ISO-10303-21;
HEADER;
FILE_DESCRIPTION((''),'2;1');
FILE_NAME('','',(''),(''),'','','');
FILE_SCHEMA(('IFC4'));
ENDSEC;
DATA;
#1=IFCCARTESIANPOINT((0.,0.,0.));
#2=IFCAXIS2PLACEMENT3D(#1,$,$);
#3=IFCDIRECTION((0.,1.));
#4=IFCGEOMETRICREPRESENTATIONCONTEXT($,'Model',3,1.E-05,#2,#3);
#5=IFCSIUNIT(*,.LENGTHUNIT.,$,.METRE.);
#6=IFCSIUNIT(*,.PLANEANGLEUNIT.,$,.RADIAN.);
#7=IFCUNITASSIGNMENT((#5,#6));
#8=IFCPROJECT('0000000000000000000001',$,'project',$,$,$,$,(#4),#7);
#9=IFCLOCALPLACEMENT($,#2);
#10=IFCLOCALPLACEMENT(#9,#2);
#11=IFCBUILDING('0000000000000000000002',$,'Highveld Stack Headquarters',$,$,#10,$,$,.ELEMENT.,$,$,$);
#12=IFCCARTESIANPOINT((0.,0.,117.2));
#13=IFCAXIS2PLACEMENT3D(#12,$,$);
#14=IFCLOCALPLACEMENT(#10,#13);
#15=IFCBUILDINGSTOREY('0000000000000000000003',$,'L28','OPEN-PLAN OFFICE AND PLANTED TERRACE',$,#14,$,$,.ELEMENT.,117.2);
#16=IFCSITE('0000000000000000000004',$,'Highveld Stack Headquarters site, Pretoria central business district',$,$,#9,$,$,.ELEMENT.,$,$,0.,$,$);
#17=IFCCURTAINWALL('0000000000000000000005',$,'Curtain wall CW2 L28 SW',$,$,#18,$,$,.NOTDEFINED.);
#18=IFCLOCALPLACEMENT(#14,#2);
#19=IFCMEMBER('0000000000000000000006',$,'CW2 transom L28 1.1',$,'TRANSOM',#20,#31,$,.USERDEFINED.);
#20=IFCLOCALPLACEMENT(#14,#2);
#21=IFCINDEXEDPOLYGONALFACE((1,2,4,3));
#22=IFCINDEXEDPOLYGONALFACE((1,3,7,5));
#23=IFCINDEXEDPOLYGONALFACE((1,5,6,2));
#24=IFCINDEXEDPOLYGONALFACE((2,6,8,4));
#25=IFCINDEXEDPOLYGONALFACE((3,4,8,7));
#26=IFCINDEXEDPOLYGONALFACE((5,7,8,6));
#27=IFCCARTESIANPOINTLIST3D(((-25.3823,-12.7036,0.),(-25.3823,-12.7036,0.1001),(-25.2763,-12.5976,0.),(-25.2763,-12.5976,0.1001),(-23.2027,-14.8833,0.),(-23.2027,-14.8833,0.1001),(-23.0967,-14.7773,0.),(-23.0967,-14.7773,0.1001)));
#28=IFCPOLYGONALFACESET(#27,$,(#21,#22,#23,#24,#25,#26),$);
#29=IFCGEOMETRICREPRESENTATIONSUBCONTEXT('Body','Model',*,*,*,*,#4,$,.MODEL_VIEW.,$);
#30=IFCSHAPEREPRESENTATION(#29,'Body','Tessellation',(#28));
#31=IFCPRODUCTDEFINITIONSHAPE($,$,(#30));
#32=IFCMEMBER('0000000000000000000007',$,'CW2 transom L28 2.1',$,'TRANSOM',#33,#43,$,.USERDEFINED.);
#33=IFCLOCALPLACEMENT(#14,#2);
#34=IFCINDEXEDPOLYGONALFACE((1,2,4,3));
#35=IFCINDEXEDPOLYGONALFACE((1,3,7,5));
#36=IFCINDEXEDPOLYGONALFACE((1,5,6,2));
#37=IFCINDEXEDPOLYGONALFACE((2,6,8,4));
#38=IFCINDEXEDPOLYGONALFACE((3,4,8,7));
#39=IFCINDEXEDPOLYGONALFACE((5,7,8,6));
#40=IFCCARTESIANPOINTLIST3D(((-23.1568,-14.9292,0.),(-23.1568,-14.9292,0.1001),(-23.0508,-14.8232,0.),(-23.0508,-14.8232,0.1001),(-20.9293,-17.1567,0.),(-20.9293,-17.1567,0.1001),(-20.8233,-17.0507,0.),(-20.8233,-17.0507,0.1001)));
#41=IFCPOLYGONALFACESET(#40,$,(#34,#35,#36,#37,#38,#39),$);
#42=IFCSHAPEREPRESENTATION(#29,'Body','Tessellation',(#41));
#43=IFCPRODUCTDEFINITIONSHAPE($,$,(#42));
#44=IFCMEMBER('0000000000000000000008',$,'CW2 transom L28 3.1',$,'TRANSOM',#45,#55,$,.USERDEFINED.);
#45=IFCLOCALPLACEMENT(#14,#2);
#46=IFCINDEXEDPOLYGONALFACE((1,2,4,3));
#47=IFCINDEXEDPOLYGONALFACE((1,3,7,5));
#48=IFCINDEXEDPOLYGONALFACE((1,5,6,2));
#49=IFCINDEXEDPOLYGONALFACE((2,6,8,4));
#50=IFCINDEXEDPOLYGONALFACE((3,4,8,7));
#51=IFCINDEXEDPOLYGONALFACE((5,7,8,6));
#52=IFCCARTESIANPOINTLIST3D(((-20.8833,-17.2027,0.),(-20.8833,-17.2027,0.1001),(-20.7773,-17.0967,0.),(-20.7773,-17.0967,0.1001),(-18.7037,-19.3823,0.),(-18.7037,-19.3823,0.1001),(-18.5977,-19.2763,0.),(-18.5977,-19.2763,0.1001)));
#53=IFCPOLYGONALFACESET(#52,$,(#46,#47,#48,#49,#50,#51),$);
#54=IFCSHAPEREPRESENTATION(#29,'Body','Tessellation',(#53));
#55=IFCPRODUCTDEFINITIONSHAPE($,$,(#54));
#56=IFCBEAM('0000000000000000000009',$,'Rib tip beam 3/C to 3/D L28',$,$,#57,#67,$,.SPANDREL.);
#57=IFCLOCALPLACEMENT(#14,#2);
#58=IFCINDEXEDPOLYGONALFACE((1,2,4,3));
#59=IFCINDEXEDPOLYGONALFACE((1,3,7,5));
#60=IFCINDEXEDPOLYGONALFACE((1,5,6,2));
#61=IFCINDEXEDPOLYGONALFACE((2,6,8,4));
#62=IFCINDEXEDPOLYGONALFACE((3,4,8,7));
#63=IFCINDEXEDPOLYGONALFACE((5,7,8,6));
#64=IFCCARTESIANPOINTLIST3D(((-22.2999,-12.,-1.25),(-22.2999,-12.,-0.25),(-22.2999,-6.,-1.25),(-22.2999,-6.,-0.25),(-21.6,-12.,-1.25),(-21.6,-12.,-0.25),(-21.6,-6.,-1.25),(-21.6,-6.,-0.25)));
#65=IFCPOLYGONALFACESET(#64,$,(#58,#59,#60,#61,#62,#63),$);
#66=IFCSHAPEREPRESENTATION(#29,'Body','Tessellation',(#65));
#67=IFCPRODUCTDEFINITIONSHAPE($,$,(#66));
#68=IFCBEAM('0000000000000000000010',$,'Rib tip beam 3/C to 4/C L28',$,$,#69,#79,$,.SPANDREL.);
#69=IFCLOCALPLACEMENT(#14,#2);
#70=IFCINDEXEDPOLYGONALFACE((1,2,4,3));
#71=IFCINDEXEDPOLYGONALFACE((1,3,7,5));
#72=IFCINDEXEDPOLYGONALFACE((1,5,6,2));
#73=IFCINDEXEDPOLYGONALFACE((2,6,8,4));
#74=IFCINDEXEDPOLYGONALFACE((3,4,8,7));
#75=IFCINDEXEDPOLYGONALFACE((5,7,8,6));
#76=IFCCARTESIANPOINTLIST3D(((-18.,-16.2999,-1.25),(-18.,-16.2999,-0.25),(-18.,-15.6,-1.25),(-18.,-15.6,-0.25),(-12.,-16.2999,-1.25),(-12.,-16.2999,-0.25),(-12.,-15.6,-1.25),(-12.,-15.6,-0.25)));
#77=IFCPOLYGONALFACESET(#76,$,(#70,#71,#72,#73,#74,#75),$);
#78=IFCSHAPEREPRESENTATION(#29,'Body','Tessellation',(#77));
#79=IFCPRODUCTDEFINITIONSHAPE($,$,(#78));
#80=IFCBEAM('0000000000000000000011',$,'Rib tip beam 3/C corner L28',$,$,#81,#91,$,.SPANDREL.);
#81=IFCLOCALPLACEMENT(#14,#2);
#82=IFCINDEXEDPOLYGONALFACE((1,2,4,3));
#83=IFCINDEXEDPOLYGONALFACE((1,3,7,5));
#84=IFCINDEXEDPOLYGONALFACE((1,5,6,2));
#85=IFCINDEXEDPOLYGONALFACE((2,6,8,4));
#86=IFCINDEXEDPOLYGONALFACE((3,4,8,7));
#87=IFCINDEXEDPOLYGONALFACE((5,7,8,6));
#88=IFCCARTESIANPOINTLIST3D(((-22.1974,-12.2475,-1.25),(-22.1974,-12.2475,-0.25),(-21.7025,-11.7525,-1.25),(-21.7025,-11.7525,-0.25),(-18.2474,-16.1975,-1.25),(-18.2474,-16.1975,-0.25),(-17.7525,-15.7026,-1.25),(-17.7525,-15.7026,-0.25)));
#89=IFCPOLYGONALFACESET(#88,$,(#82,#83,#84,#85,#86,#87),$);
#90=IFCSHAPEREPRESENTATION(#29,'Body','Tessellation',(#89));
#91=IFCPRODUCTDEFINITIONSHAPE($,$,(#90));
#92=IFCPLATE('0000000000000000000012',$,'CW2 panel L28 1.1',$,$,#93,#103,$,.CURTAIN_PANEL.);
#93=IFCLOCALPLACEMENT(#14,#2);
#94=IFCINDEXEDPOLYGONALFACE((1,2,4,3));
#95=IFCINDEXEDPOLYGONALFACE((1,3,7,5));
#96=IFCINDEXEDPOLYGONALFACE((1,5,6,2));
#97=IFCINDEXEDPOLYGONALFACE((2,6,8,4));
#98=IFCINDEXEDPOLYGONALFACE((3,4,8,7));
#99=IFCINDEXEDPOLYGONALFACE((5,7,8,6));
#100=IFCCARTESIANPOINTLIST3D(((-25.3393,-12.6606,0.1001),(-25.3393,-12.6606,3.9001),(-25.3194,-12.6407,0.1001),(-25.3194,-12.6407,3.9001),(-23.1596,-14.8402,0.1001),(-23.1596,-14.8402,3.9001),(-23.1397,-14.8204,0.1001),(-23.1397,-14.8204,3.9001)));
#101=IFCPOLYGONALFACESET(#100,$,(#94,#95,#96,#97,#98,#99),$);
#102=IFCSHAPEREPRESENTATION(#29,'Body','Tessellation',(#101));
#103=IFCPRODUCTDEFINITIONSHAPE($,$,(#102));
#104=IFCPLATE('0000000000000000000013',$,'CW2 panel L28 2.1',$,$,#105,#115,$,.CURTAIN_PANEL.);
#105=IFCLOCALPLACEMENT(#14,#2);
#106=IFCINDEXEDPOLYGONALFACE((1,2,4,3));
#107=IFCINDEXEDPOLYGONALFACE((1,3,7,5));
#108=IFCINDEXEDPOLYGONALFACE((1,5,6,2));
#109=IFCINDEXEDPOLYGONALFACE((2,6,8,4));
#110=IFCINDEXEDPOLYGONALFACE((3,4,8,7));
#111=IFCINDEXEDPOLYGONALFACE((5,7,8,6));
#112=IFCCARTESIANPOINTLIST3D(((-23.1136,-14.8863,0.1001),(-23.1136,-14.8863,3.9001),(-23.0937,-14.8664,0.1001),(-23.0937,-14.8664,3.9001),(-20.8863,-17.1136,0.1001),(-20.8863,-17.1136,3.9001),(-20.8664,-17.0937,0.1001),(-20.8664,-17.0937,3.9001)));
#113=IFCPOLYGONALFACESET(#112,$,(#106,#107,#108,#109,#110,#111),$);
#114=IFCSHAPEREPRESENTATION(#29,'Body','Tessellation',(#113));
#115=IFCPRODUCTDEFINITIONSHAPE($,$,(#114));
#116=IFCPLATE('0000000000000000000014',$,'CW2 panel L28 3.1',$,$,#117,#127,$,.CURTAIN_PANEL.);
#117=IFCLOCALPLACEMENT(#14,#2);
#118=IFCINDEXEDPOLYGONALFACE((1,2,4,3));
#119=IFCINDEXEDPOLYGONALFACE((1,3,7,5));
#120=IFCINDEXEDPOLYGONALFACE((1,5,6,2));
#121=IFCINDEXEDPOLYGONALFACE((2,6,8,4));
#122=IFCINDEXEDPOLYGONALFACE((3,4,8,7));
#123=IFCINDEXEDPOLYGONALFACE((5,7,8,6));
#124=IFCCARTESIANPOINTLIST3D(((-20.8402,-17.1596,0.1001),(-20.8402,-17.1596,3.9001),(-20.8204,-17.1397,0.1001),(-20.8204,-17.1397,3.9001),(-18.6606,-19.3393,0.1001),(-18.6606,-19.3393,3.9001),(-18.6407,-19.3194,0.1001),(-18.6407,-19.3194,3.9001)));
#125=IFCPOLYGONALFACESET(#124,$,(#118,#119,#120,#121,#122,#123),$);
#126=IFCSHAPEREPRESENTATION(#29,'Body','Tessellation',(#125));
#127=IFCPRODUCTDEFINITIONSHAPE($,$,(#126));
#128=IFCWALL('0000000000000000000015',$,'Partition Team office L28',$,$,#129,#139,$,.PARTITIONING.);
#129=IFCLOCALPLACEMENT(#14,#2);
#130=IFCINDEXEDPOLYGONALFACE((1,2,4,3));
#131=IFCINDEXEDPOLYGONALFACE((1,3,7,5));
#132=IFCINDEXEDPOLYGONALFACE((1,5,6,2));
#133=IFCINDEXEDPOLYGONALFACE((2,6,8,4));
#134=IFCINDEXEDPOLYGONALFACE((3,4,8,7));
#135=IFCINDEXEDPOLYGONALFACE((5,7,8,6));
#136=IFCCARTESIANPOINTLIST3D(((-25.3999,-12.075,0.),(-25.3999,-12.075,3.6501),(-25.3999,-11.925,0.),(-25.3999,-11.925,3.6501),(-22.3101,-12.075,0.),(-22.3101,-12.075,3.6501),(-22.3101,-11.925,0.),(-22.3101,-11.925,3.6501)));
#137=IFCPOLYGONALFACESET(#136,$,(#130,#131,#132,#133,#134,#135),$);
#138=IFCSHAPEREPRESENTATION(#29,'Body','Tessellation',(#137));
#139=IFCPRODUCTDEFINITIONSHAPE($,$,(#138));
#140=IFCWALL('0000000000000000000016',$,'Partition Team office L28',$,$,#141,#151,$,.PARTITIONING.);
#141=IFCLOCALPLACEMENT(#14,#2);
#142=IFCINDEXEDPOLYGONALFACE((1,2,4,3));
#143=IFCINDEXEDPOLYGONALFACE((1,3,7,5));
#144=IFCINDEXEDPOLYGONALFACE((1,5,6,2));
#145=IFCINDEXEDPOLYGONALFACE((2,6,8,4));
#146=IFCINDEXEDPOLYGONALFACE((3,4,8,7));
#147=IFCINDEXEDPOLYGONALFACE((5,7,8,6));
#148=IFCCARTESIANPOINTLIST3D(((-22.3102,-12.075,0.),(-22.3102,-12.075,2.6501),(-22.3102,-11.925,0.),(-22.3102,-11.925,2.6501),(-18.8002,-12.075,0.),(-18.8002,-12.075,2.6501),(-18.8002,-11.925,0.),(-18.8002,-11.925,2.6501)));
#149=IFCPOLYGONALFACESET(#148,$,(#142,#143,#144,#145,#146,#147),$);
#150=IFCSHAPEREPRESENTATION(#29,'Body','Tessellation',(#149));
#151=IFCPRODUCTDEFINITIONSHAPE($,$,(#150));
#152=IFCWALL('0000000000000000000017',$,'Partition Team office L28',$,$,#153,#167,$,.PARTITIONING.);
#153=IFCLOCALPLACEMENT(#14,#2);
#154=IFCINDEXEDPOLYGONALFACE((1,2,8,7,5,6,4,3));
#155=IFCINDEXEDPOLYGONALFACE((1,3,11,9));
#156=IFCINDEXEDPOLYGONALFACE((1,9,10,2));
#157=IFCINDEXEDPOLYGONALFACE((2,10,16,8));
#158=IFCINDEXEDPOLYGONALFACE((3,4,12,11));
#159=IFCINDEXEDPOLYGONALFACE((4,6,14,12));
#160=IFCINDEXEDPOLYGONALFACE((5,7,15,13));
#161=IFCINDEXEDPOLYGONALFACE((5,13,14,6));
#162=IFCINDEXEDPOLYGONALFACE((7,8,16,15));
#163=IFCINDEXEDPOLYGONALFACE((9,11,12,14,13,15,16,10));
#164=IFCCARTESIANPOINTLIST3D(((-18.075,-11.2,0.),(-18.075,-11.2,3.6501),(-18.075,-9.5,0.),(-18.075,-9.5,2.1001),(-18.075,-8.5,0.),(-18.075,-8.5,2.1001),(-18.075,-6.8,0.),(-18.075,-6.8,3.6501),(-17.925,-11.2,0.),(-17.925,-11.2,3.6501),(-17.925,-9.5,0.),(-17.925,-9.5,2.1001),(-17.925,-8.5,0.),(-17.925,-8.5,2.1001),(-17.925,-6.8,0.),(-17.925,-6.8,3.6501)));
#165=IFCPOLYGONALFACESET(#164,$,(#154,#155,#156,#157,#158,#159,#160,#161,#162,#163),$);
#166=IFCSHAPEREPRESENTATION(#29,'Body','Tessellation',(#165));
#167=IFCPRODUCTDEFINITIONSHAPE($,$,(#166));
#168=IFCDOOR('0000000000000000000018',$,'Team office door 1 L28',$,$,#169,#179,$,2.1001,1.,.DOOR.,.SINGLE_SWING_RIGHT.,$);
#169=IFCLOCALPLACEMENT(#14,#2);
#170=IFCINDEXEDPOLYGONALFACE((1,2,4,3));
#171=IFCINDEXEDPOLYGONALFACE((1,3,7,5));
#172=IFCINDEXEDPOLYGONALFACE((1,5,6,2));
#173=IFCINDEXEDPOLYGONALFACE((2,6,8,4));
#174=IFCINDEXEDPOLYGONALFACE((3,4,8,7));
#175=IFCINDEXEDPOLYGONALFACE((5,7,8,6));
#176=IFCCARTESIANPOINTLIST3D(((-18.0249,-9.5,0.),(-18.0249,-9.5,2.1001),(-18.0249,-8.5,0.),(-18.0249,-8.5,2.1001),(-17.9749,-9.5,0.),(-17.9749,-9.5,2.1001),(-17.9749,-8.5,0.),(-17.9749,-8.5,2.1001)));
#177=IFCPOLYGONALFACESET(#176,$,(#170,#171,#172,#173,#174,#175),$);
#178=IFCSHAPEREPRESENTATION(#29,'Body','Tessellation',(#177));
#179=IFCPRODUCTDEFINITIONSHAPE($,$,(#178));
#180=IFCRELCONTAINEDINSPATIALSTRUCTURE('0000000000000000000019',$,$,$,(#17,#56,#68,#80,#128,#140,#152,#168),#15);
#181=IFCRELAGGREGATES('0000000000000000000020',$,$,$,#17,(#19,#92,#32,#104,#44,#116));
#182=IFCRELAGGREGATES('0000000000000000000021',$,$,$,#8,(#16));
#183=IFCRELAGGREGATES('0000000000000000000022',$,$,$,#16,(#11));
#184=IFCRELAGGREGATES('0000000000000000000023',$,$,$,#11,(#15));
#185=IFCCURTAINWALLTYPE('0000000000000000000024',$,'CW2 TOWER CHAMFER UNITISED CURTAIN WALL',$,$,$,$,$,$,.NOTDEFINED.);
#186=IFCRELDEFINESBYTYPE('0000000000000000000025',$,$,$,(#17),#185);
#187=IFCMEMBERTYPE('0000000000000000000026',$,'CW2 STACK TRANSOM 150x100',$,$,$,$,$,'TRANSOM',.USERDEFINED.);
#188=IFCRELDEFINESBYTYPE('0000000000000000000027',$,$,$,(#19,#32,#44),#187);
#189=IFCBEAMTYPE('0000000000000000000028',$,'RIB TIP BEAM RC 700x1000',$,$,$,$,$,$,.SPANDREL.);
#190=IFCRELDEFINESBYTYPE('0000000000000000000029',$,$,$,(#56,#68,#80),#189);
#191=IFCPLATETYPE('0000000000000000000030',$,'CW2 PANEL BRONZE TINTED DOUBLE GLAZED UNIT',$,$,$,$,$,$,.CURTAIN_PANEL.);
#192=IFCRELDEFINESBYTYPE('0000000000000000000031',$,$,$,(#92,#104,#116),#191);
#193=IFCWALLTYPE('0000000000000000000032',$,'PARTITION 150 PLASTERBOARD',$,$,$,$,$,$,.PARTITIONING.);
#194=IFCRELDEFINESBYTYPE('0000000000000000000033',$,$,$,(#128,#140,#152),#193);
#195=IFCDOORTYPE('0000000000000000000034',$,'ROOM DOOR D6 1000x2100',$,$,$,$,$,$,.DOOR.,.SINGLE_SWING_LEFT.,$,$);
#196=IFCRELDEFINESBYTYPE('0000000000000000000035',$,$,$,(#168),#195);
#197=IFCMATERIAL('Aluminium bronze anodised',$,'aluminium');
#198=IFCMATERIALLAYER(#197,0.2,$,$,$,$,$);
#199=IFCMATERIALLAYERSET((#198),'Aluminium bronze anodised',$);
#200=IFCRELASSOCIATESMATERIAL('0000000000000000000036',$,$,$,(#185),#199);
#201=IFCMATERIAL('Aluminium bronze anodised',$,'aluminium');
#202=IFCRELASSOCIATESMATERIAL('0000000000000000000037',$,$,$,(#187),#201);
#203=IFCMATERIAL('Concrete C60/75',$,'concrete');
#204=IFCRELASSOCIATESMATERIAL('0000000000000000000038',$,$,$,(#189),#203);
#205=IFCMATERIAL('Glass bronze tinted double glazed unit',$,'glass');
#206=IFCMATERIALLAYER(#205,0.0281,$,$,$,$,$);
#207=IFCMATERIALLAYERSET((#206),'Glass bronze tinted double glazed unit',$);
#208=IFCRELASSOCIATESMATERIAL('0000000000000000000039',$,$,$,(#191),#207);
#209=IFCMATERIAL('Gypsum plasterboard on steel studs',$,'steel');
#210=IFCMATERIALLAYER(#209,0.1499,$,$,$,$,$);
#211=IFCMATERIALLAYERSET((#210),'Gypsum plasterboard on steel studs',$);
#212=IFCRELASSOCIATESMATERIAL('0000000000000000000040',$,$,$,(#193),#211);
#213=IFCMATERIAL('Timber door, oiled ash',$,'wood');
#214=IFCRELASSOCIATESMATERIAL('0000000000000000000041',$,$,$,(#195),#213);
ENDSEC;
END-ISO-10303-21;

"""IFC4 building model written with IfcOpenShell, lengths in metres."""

from ifc_helpers import new_model, si_unit, direction, frame, frame_2d, origin, origin_2d, place, context, subcontext, project, spatial, rectangle, extrude, material, layer, layer_set, material_profile, profile_set, type_object, element, fill, aggregate, save


model = new_model("IFC4")

# Units and contexts
model_context = context("Model", 3, precision=1e-05, world=origin(), true_north=direction((0.0, 1.0)))
body_context = subcontext(model_context, "Body", "Model", "MODEL_VIEW")
ifc_project = project(units=[si_unit("LENGTHUNIT", "METRE"), si_unit("PLANEANGLEUNIT", "RADIAN")], contexts=[model_context])

# Site, building, storey
site_placement = place(None, origin())
site = spatial("IfcSite", under=ifc_project, at=site_placement, Name="Highveld Stack Headquarters site, Pretoria central business district", CompositionType="ELEMENT", RefElevation=0.0)
building_placement = place(site_placement, origin())
building = spatial("IfcBuilding", under=site, at=building_placement, Name="Highveld Stack Headquarters", CompositionType="ELEMENT")
storey_placement = place(building_placement, frame((0.0, 0.0, 117.2)))
storey = spatial("IfcBuildingStorey", under=building, at=storey_placement, Name="L28", Description="OPEN-PLAN OFFICE AND PLANTED TERRACE", CompositionType="ELEMENT", Elevation=117.2)

# Curtain wall, members
ifc_material_1 = material(Name="Aluminium bronze anodised", Category="aluminium")
ifc_layer_1 = layer(ifc_material_1, 0.2)
ifc_layer_set_1 = layer_set([ifc_layer_1], Name="Aluminium bronze anodised")
curtain_wall_type_1 = type_object("IfcCurtainWallType", Name="CW2 TOWER CHAMFER UNITISED CURTAIN WALL", PredefinedType="NOTDEFINED", material=ifc_layer_set_1)
curtain_wall_1_placement = place(storey_placement, origin())
curtain_wall_1 = element("IfcCurtainWall", 1, at=curtain_wall_1_placement, inside=storey, type_object=curtain_wall_type_1, Name="Curtain wall CW2 L28 SW", PredefinedType="NOTDEFINED")
ifc_material_2 = material(Name="Aluminium bronze anodised", Category="aluminium")
ifc_material_profile_1 = material_profile(ifc_material_2, rectangle(XDim=0.1499, YDim=0.1001, at=origin_2d()), Name="CW2 TRANSOM 150x100")
ifc_profile_set_1 = profile_set([ifc_material_profile_1], Name="Aluminium bronze anodised")
member_type_1 = type_object("IfcMemberType", Name="CW2 STACK TRANSOM 150x100", ElementType="TRANSOM", PredefinedType="USERDEFINED", material=ifc_profile_set_1)
member_1_placement = place(storey_placement, frame((-25.3293, -12.6506, 0.05), z_axis=(0.707107, -0.707107, 0.0), x_axis=(0.707107, 0.707107, 0.0)))
member_1 = element("IfcMember", 2, at=member_1_placement, type_object=member_type_1, Name="CW2 transom L28 1.1", ObjectType="TRANSOM", PredefinedType="USERDEFINED", context=body_context, shape_type="SweptSolid", body=[
    extrude(rectangle(XDim=0.1499, YDim=0.1001, at=origin_2d()), origin(), (0.0, 0.0, 1.0), 3.0825),
])
member_2_placement = place(storey_placement, frame((-23.1038, -14.8762, 0.05), z_axis=(0.707107, -0.707107, 0.0), x_axis=(0.707107, 0.707107, 0.0)))
member_2 = element("IfcMember", 3, at=member_2_placement, type_object=member_type_1, Name="CW2 transom L28 2.1", ObjectType="TRANSOM", PredefinedType="USERDEFINED", context=body_context, shape_type="SweptSolid", body=[
    extrude(rectangle(XDim=0.1499, YDim=0.1001, at=origin_2d()), origin(), (0.0, 0.0, 1.0), 3.1501),
])
member_3_placement = place(storey_placement, frame((-20.8303, -17.1497, 0.05), z_axis=(0.707107, -0.707107, 0.0), x_axis=(0.707107, 0.707107, 0.0)))
member_3 = element("IfcMember", 4, at=member_3_placement, type_object=member_type_1, Name="CW2 transom L28 3.1", ObjectType="TRANSOM", PredefinedType="USERDEFINED", context=body_context, shape_type="SweptSolid", body=[
    extrude(rectangle(XDim=0.1499, YDim=0.1001, at=origin_2d()), origin(), (0.0, 0.0, 1.0), 3.0825),
])

# Beams
ifc_material_3 = material(Name="Concrete C60/75", Category="concrete")
ifc_material_profile_2 = material_profile(ifc_material_3, rectangle(XDim=0.7, YDim=1.0, at=origin_2d()), Name="RC 700x1000")
ifc_profile_set_2 = profile_set([ifc_material_profile_2], Name="Concrete C60/75")
beam_type_1 = type_object("IfcBeamType", Name="RIB TIP BEAM RC 700x1000", PredefinedType="SPANDREL", material=ifc_profile_set_2)
for number, where, z_axis, x_axis, name in (
    (5, (-21.95, -12.0, -0.75), (0.0, 1.0, 0.0), (-1.0, 0.0, 0.0), "Rib tip beam 3/C to 3/D L28"),
    (6, (-18.0, -15.95, -0.75), (1.0, 0.0, 0.0), (0.0, 1.0, 0.0), "Rib tip beam 3/C to 4/C L28"),
):
    element("IfcBeam", number, at=place(storey_placement, frame(where, z_axis=z_axis, x_axis=x_axis)), inside=storey, type_object=beam_type_1, Name=name, PredefinedType="SPANDREL", context=body_context, shape_type="SweptSolid", body=[
        extrude(rectangle(XDim=0.7, YDim=1.0, at=origin_2d()), origin(), (0.0, 0.0, 1.0), 6.0),
    ])
beam_1_placement = place(storey_placement, frame((-21.95, -12.0, -0.75), z_axis=(0.707107, -0.707107, 0.0), x_axis=(0.707107, 0.707107, 0.0)))
element("IfcBeam", 7, at=beam_1_placement, inside=storey, type_object=beam_type_1, Name="Rib tip beam 3/C corner L28", PredefinedType="SPANDREL", context=body_context, shape_type="SweptSolid", body=[
    extrude(rectangle(XDim=0.7, YDim=1.0, at=origin_2d()), origin(), (0.0, 0.0, 1.0), 5.5862),
])

# Plates
ifc_material_4 = material(Name="Glass bronze tinted double glazed unit", Category="glass")
ifc_layer_2 = layer(ifc_material_4, 0.0281)
ifc_layer_set_2 = layer_set([ifc_layer_2], Name="Glass bronze tinted double glazed unit")
plate_type = type_object("IfcPlateType", Name="CW2 PANEL BRONZE TINTED DOUBLE GLAZED UNIT", PredefinedType="CURTAIN_PANEL", material=ifc_layer_set_2)
plate_1_placement = place(storey_placement, frame((-24.2395, -13.7405, 0.1001), z_axis=(0.0, 0.0, 1.0), x_axis=(0.707107, -0.707107, 0.0)))
plate_1 = element("IfcPlate", 8, at=plate_1_placement, type_object=plate_type, Name="CW2 panel L28 1.1", PredefinedType="CURTAIN_PANEL", context=body_context, shape_type="SweptSolid", body=[
    extrude(rectangle(XDim=3.0825, YDim=0.0281, at=origin_2d()), origin(), (0.0, 0.0, 1.0), 3.8),
])
plate_2_placement = place(storey_placement, frame((-21.99, -15.99, 0.1001), z_axis=(0.0, 0.0, 1.0), x_axis=(0.707107, -0.707107, 0.0)))
plate_2 = element("IfcPlate", 9, at=plate_2_placement, type_object=plate_type, Name="CW2 panel L28 2.1", PredefinedType="CURTAIN_PANEL", context=body_context, shape_type="SweptSolid", body=[
    extrude(rectangle(XDim=3.1499, YDim=0.0281, at=origin_2d()), origin(), (0.0, 0.0, 1.0), 3.8),
])
plate_3_placement = place(storey_placement, frame((-19.7405, -18.2395, 0.1001), z_axis=(0.0, 0.0, 1.0), x_axis=(0.707107, -0.707107, 0.0)))
plate_3 = element("IfcPlate", 10, at=plate_3_placement, type_object=plate_type, Name="CW2 panel L28 3.1", PredefinedType="CURTAIN_PANEL", context=body_context, shape_type="SweptSolid", body=[
    extrude(rectangle(XDim=3.0825, YDim=0.0281, at=origin_2d()), origin(), (0.0, 0.0, 1.0), 3.8),
])
aggregate(curtain_wall_1, [member_1, plate_1, member_2, plate_2, member_3, plate_3])

# Walls
ifc_material_5 = material(Name="Gypsum plasterboard on steel studs", Category="steel")
ifc_layer_3 = layer(ifc_material_5, 0.1499)
ifc_layer_set_3 = layer_set([ifc_layer_3], Name="Gypsum plasterboard on steel studs")
wall_type = type_object("IfcWallType", Name="PARTITION 150 PLASTERBOARD", PredefinedType="PARTITIONING", material=ifc_layer_set_3)
wall_1_placement = place(storey_placement, frame((-25.3999, -12.0, 0.0), z_axis=(0.0, 0.0, 1.0), x_axis=(1.0, 0.0, 0.0)))
element("IfcWall", 11, at=wall_1_placement, inside=storey, type_object=wall_type, Name="Partition Team office L28", PredefinedType="PARTITIONING", context=body_context, shape_type="SweptSolid", body=[
    extrude(rectangle(XDim=3.0898, YDim=0.1499, at=frame_2d((1.5449, 0.0))), origin(), (0.0, 0.0, 1.0), 3.6501),
])
wall_2_placement = place(storey_placement, frame((-22.3101, -12.0, 0.0), z_axis=(0.0, 0.0, 1.0), x_axis=(1.0, 0.0, 0.0)))
element("IfcWall", 12, at=wall_2_placement, inside=storey, type_object=wall_type, Name="Partition Team office L28", PredefinedType="PARTITIONING", context=body_context, shape_type="SweptSolid", body=[
    extrude(rectangle(XDim=3.51, YDim=0.1499, at=frame_2d((1.7549, 0.0))), origin(), (0.0, 0.0, 1.0), 2.6501),
])

# Wall, opening, door
wall_3_placement = place(storey_placement, frame((-18.0, -11.2, 0.0), z_axis=(0.0, 0.0, 1.0), x_axis=(0.0, 1.0, 0.0)))
wall_3 = element("IfcWall", 13, at=wall_3_placement, inside=storey, type_object=wall_type, Name="Partition Team office L28", PredefinedType="PARTITIONING", context=body_context, shape_type="SweptSolid", body=[
    extrude(rectangle(XDim=4.3999, YDim=0.1499, at=frame_2d((2.2, 0.0))), origin(), (0.0, 0.0, 1.0), 3.6501),
])
opening_placement = place(wall_3_placement, frame((1.7, 0.0, 0.0)))
opening = element("IfcOpeningElement", 14, at=opening_placement, cuts=wall_3, PredefinedType="OPENING", context=body_context, shape_type="SweptSolid", body=[
    extrude(rectangle(XDim=1.0, YDim=2.1001, at=frame_2d((0.5, 1.05))), frame((0.0, 0.085, 0.0), z_axis=(0.0, -1.0, 0.0), x_axis=(1.0, 0.0, 0.0)), (0.0, 0.0, 1.0), 0.1699),
])
ifc_material_6 = material(Name="Timber door, oiled ash", Category="wood")
door_type = type_object("IfcDoorType", Name="ROOM DOOR D6 1000x2100", OperationType="SINGLE_SWING_LEFT", PredefinedType="DOOR", material=ifc_material_6)
door_placement = place(opening_placement, origin())
door = element("IfcDoor", 15, at=door_placement, inside=storey, type_object=door_type, Name="Team office door 1 L28", OperationType="SINGLE_SWING_RIGHT", OverallHeight=2.1001, OverallWidth=1.0, PredefinedType="DOOR", context=body_context, shape_type="SweptSolid", body=[
    extrude(rectangle(XDim=1.0, YDim=2.1001, at=frame_2d((0.5, 1.05))), frame((0.0, 0.0249, 0.0), z_axis=(0.0, -1.0, 0.0), x_axis=(1.0, 0.0, 0.0)), (0.0, 0.0, 1.0), 0.05),
])
fill(opening, door)

save(model, "model.ifc")
